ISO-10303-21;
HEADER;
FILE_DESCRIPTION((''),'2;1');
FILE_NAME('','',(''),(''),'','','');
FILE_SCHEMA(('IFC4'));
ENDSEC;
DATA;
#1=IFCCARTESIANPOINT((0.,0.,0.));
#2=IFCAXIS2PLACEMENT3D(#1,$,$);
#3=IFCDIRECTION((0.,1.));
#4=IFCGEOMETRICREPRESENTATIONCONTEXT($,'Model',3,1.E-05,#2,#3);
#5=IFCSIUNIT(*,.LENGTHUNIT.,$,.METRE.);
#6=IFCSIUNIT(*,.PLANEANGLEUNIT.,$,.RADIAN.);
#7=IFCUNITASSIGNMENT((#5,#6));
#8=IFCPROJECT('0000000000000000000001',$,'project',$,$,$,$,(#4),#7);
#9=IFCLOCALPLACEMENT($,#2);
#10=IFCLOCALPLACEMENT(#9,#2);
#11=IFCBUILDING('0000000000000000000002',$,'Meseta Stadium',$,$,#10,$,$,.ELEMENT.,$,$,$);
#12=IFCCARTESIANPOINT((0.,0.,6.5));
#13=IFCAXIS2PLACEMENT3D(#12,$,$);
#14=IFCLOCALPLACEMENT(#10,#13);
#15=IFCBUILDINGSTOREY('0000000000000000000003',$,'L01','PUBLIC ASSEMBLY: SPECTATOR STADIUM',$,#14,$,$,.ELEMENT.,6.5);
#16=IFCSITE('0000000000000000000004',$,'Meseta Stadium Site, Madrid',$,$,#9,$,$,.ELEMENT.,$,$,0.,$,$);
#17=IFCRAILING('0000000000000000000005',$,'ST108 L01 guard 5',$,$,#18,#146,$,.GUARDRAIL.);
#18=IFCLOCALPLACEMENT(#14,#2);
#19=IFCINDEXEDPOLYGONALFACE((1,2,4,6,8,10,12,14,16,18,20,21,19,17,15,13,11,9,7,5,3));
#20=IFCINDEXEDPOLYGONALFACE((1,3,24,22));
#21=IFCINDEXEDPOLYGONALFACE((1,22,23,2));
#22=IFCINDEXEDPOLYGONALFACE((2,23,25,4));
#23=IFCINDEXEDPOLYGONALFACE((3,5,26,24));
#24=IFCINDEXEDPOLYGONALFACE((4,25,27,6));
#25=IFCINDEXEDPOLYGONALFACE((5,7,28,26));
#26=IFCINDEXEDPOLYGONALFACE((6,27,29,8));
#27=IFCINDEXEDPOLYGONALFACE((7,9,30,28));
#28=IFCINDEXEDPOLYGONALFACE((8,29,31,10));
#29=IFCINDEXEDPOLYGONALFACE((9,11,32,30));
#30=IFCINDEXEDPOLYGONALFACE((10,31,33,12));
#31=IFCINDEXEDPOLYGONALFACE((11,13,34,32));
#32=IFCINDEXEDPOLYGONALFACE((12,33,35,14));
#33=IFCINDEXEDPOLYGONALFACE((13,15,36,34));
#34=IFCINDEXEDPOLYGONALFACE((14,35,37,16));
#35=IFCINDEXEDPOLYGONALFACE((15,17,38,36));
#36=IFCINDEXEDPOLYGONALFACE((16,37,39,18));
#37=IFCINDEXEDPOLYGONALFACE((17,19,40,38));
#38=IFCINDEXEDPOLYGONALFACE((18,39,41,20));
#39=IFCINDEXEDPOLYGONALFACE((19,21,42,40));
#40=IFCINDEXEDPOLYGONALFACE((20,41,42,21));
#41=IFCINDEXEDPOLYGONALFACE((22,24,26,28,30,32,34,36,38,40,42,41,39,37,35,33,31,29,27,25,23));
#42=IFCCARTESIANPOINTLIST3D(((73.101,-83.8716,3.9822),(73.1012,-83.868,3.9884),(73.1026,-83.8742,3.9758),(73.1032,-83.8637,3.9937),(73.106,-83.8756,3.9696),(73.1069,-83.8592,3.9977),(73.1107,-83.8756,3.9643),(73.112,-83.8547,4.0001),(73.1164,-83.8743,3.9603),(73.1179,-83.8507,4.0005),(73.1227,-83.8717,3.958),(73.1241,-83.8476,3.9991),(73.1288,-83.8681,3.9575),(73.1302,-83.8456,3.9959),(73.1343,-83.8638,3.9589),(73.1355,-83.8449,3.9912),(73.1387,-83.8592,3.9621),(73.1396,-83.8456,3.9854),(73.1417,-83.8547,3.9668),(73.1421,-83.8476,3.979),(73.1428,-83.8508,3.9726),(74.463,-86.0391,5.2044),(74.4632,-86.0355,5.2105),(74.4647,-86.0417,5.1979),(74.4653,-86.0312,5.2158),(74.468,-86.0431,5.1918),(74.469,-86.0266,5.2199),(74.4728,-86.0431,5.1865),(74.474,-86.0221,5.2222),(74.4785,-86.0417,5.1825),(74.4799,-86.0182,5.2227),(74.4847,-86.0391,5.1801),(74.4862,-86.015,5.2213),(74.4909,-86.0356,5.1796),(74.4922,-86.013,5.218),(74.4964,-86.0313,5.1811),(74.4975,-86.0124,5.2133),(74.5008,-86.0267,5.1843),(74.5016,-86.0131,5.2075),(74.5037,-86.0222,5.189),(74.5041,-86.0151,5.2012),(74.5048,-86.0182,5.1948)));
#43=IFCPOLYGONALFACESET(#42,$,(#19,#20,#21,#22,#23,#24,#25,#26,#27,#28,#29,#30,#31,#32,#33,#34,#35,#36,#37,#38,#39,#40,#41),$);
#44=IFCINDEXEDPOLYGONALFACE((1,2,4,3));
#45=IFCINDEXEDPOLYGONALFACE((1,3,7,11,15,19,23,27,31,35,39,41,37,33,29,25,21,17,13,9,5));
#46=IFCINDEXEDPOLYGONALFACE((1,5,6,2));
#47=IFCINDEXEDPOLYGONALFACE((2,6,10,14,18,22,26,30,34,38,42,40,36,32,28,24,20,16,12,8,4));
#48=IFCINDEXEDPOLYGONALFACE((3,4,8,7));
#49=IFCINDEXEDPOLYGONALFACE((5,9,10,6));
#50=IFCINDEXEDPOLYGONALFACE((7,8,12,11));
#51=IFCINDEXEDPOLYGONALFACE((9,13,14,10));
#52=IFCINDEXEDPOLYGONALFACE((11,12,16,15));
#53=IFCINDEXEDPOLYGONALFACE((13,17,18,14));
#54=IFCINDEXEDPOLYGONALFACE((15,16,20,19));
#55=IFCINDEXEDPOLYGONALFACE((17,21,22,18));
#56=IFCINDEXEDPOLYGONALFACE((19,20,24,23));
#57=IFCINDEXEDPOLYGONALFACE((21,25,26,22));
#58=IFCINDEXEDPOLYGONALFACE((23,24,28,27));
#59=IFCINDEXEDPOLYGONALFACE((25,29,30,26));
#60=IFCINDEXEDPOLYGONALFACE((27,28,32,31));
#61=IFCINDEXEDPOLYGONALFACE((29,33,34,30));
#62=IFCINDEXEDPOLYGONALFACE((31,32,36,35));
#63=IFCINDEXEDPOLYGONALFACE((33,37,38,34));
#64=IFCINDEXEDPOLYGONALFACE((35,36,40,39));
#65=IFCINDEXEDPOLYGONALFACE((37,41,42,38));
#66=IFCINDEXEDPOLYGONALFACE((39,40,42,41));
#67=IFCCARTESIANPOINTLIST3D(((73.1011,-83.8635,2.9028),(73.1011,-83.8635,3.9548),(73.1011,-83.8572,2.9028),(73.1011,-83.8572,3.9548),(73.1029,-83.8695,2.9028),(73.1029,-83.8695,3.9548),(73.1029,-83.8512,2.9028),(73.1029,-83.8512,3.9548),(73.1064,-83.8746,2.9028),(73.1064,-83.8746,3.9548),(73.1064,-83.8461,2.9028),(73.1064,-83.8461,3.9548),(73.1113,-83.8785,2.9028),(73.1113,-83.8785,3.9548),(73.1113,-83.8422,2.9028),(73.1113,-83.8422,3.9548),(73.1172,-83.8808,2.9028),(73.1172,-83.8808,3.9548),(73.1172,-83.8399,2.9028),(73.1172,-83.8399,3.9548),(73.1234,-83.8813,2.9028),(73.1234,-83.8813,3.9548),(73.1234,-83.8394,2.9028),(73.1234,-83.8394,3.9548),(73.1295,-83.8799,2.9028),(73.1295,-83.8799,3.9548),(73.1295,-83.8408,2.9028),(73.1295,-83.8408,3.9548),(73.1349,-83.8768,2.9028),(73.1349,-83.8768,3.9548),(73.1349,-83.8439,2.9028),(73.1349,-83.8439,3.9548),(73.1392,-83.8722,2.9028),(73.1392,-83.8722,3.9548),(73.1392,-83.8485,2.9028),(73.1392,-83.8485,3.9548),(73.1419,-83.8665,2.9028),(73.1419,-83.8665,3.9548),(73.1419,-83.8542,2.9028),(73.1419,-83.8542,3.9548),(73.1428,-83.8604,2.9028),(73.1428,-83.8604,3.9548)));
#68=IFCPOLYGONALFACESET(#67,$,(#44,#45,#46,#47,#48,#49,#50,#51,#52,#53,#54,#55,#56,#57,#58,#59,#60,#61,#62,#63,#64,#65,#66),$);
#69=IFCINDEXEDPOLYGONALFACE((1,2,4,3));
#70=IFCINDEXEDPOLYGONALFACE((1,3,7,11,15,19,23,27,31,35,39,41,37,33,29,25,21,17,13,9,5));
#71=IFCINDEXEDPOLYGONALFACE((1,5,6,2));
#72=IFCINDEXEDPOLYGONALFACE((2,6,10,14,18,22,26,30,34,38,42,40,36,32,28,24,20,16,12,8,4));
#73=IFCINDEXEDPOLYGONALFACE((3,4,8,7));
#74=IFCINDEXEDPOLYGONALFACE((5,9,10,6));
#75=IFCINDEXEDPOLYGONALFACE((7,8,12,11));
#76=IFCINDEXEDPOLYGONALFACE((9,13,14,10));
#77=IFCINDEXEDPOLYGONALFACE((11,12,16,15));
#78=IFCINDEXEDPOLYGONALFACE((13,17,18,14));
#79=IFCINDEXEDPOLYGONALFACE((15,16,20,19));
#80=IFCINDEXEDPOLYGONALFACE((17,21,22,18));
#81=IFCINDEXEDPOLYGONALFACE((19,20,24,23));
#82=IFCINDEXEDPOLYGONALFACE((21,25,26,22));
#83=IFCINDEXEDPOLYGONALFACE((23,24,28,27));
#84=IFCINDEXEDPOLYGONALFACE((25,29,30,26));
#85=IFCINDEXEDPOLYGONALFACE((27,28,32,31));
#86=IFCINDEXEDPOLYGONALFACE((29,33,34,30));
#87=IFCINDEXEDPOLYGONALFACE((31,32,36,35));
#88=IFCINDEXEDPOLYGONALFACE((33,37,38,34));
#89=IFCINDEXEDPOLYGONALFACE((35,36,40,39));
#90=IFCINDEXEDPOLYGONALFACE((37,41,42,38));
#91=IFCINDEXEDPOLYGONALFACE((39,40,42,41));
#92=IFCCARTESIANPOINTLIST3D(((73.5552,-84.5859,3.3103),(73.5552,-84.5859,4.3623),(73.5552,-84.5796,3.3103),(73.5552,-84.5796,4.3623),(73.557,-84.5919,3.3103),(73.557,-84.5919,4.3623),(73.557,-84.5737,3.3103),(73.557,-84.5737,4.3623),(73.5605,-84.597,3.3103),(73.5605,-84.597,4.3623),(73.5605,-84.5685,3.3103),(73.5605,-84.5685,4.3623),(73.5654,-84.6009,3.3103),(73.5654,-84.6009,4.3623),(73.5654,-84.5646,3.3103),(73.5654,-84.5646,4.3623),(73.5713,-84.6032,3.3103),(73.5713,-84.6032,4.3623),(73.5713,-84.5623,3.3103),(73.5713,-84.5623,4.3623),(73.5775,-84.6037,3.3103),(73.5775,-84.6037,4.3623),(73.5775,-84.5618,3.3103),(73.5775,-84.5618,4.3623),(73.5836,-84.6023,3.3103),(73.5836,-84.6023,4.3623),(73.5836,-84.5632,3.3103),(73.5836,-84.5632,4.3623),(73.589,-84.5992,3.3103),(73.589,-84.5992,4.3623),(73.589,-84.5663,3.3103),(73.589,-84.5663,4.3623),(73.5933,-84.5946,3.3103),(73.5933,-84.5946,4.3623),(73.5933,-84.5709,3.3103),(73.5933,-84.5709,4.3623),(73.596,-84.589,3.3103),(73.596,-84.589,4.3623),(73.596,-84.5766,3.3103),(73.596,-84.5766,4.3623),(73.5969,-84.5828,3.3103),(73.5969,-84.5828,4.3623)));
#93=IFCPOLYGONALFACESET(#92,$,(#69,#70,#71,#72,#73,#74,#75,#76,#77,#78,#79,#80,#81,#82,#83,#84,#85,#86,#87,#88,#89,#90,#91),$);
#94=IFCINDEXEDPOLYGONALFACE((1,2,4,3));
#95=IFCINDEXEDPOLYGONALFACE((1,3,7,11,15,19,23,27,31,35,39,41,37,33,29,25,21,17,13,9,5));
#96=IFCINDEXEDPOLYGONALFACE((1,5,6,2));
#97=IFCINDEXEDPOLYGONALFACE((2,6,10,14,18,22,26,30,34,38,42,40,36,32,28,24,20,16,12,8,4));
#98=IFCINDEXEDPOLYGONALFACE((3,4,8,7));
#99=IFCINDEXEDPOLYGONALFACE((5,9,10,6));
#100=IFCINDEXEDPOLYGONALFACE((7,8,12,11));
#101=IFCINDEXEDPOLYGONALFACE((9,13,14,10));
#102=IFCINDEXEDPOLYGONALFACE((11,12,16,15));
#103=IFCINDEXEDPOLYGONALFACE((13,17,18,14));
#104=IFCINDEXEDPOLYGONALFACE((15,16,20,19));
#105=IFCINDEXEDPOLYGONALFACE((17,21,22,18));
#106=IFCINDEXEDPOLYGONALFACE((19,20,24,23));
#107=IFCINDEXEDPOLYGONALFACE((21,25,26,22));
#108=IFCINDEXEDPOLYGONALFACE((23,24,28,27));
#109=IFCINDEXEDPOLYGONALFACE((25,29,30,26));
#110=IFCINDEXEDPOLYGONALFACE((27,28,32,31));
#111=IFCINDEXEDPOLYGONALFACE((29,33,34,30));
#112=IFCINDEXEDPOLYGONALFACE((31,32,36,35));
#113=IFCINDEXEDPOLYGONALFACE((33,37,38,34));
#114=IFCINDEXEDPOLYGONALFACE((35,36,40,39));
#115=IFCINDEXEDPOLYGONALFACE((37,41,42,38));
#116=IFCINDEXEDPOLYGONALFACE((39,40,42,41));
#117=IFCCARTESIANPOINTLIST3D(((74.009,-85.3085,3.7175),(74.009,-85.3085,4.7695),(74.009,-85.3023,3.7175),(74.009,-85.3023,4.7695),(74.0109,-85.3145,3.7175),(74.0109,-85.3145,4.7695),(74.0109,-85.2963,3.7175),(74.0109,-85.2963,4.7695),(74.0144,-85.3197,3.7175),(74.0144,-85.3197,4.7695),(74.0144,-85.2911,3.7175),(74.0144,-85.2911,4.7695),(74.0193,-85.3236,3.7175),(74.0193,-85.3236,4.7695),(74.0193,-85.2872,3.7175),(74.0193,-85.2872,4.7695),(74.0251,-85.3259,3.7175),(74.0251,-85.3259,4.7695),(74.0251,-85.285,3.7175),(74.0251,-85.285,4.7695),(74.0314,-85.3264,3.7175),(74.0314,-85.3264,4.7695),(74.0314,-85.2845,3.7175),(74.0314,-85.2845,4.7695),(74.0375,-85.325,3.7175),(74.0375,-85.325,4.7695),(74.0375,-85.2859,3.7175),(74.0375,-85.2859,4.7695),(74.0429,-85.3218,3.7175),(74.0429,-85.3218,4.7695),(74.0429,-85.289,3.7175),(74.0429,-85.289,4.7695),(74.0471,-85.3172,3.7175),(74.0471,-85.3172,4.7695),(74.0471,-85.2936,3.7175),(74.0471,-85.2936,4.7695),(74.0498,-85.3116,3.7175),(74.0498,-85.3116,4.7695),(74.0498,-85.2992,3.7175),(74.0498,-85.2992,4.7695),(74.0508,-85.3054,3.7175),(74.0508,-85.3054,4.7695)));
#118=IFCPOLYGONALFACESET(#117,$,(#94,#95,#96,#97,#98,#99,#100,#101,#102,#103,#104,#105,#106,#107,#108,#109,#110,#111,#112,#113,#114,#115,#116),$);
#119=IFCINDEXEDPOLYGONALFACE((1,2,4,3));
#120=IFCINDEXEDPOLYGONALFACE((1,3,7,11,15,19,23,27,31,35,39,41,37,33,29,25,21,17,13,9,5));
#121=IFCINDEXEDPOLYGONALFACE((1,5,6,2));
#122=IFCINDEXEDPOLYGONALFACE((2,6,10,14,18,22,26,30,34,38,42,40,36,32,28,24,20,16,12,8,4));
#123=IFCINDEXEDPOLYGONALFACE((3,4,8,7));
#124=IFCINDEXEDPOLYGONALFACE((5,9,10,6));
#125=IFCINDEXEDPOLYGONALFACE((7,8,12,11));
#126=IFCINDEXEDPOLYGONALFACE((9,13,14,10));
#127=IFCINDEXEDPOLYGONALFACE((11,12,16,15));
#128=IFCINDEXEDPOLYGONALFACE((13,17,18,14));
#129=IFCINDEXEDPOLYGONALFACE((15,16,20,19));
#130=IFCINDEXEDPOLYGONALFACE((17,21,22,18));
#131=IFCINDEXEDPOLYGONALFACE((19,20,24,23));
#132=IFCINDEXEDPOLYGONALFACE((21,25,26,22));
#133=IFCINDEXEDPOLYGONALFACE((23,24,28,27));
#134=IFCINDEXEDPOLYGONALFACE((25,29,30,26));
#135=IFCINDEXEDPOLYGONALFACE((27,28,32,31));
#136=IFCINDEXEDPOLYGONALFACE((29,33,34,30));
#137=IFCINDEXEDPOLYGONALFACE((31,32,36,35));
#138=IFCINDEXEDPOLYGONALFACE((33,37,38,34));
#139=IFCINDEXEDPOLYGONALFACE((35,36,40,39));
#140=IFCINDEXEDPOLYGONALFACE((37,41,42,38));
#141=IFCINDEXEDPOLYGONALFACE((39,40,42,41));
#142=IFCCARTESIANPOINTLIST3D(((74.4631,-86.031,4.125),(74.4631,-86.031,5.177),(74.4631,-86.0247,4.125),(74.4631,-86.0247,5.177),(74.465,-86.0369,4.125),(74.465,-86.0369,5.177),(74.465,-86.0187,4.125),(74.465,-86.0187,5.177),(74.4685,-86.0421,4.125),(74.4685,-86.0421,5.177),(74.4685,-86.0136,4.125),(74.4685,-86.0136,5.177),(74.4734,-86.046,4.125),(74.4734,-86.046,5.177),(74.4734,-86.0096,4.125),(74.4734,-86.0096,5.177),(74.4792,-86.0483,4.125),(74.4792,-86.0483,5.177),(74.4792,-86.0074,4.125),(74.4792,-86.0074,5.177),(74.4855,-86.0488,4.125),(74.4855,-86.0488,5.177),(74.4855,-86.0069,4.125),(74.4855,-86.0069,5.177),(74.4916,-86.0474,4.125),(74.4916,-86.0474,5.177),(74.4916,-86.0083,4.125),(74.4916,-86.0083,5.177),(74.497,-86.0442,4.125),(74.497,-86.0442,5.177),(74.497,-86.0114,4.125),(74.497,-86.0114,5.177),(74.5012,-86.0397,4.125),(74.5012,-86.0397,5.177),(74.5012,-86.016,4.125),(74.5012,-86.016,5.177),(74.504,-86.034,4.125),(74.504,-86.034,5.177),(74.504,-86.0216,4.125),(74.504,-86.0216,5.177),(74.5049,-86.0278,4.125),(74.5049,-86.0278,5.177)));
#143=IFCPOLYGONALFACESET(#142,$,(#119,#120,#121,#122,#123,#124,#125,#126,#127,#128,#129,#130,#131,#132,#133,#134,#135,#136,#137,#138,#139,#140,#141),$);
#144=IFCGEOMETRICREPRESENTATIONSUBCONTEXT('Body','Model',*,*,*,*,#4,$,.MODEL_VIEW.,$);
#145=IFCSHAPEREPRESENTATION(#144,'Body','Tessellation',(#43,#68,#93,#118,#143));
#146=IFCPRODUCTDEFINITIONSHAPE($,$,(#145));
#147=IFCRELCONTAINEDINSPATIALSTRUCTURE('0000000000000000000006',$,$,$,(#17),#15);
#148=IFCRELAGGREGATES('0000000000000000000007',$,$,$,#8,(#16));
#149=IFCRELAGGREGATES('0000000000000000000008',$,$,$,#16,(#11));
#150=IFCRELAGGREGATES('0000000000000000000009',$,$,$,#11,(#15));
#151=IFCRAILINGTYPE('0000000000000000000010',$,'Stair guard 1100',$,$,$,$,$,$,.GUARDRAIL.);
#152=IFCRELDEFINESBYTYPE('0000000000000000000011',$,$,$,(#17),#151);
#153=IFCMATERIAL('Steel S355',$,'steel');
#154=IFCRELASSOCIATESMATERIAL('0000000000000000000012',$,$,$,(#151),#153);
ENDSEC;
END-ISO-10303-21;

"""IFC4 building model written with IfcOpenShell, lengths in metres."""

from ifc_helpers import new_model, si_unit, direction, frame, origin, origin_2d, place, context, subcontext, project, spatial, circle, extrude, material, type_object, element, save


model = new_model("IFC4")

# Units and contexts
model_context = context("Model", 3, precision=1e-05, world=origin(), true_north=direction((0.0, 1.0)))
body_context = subcontext(model_context, "Body", "Model", "MODEL_VIEW")
ifc_project = project(units=[si_unit("LENGTHUNIT", "METRE"), si_unit("PLANEANGLEUNIT", "RADIAN")], contexts=[model_context])

# Site, building, storey
site_placement = place(None, origin())
site = spatial("IfcSite", under=ifc_project, at=site_placement, Name="Meseta Stadium Site, Madrid", CompositionType="ELEMENT", RefElevation=0.0)
building_placement = place(site_placement, origin())
building = spatial("IfcBuilding", under=site, at=building_placement, Name="Meseta Stadium", CompositionType="ELEMENT")
storey_placement = place(building_placement, frame((0.0, 0.0, 6.5)))
storey = spatial("IfcBuildingStorey", under=building, at=storey_placement, Name="L01", Description="PUBLIC ASSEMBLY: SPECTATOR STADIUM", CompositionType="ELEMENT", Elevation=6.5)

# Railing
ifc_material_1 = material(Name="Steel S355", Category="steel")
railing_type_1 = type_object("IfcRailingType", Name="Stair guard 1100", PredefinedType="GUARDRAIL", material=ifc_material_1)
railing_1_placement = place(storey_placement, frame((73.1218, -83.8604, 2.9028)))
element("IfcRailing", 1, at=railing_1_placement, inside=storey, type_object=railing_type_1, Name="ST108 L01 guard 5", PredefinedType="GUARDRAIL", context=body_context, shape_type="SweptSolid", body=[
    extrude(circle(Radius=0.0239, at=origin_2d()), frame((0.0, 0.0, 1.0762), z_axis=(0.480156, -0.764085, 0.430841), x_axis=(0.846699, 0.532072, 0.0)), (0.0, 0.0, 1.0), 2.8367),
    extrude(circle(Radius=0.021, at=origin_2d()), origin(), (0.0, 0.0, 1.0), 1.052),
    extrude(circle(Radius=0.021, at=origin_2d()), frame((0.4541, -0.7224, 0.4075)), (0.0, 0.0, 1.0), 1.052),
    extrude(circle(Radius=0.021, at=origin_2d()), frame((0.908, -1.4451, 0.8147)), (0.0, 0.0, 1.0), 1.052),
    extrude(circle(Radius=0.021, at=origin_2d()), frame((1.3621, -2.1675, 1.2222)), (0.0, 0.0, 1.0), 1.052),
])

save(model, "model.ifc")
